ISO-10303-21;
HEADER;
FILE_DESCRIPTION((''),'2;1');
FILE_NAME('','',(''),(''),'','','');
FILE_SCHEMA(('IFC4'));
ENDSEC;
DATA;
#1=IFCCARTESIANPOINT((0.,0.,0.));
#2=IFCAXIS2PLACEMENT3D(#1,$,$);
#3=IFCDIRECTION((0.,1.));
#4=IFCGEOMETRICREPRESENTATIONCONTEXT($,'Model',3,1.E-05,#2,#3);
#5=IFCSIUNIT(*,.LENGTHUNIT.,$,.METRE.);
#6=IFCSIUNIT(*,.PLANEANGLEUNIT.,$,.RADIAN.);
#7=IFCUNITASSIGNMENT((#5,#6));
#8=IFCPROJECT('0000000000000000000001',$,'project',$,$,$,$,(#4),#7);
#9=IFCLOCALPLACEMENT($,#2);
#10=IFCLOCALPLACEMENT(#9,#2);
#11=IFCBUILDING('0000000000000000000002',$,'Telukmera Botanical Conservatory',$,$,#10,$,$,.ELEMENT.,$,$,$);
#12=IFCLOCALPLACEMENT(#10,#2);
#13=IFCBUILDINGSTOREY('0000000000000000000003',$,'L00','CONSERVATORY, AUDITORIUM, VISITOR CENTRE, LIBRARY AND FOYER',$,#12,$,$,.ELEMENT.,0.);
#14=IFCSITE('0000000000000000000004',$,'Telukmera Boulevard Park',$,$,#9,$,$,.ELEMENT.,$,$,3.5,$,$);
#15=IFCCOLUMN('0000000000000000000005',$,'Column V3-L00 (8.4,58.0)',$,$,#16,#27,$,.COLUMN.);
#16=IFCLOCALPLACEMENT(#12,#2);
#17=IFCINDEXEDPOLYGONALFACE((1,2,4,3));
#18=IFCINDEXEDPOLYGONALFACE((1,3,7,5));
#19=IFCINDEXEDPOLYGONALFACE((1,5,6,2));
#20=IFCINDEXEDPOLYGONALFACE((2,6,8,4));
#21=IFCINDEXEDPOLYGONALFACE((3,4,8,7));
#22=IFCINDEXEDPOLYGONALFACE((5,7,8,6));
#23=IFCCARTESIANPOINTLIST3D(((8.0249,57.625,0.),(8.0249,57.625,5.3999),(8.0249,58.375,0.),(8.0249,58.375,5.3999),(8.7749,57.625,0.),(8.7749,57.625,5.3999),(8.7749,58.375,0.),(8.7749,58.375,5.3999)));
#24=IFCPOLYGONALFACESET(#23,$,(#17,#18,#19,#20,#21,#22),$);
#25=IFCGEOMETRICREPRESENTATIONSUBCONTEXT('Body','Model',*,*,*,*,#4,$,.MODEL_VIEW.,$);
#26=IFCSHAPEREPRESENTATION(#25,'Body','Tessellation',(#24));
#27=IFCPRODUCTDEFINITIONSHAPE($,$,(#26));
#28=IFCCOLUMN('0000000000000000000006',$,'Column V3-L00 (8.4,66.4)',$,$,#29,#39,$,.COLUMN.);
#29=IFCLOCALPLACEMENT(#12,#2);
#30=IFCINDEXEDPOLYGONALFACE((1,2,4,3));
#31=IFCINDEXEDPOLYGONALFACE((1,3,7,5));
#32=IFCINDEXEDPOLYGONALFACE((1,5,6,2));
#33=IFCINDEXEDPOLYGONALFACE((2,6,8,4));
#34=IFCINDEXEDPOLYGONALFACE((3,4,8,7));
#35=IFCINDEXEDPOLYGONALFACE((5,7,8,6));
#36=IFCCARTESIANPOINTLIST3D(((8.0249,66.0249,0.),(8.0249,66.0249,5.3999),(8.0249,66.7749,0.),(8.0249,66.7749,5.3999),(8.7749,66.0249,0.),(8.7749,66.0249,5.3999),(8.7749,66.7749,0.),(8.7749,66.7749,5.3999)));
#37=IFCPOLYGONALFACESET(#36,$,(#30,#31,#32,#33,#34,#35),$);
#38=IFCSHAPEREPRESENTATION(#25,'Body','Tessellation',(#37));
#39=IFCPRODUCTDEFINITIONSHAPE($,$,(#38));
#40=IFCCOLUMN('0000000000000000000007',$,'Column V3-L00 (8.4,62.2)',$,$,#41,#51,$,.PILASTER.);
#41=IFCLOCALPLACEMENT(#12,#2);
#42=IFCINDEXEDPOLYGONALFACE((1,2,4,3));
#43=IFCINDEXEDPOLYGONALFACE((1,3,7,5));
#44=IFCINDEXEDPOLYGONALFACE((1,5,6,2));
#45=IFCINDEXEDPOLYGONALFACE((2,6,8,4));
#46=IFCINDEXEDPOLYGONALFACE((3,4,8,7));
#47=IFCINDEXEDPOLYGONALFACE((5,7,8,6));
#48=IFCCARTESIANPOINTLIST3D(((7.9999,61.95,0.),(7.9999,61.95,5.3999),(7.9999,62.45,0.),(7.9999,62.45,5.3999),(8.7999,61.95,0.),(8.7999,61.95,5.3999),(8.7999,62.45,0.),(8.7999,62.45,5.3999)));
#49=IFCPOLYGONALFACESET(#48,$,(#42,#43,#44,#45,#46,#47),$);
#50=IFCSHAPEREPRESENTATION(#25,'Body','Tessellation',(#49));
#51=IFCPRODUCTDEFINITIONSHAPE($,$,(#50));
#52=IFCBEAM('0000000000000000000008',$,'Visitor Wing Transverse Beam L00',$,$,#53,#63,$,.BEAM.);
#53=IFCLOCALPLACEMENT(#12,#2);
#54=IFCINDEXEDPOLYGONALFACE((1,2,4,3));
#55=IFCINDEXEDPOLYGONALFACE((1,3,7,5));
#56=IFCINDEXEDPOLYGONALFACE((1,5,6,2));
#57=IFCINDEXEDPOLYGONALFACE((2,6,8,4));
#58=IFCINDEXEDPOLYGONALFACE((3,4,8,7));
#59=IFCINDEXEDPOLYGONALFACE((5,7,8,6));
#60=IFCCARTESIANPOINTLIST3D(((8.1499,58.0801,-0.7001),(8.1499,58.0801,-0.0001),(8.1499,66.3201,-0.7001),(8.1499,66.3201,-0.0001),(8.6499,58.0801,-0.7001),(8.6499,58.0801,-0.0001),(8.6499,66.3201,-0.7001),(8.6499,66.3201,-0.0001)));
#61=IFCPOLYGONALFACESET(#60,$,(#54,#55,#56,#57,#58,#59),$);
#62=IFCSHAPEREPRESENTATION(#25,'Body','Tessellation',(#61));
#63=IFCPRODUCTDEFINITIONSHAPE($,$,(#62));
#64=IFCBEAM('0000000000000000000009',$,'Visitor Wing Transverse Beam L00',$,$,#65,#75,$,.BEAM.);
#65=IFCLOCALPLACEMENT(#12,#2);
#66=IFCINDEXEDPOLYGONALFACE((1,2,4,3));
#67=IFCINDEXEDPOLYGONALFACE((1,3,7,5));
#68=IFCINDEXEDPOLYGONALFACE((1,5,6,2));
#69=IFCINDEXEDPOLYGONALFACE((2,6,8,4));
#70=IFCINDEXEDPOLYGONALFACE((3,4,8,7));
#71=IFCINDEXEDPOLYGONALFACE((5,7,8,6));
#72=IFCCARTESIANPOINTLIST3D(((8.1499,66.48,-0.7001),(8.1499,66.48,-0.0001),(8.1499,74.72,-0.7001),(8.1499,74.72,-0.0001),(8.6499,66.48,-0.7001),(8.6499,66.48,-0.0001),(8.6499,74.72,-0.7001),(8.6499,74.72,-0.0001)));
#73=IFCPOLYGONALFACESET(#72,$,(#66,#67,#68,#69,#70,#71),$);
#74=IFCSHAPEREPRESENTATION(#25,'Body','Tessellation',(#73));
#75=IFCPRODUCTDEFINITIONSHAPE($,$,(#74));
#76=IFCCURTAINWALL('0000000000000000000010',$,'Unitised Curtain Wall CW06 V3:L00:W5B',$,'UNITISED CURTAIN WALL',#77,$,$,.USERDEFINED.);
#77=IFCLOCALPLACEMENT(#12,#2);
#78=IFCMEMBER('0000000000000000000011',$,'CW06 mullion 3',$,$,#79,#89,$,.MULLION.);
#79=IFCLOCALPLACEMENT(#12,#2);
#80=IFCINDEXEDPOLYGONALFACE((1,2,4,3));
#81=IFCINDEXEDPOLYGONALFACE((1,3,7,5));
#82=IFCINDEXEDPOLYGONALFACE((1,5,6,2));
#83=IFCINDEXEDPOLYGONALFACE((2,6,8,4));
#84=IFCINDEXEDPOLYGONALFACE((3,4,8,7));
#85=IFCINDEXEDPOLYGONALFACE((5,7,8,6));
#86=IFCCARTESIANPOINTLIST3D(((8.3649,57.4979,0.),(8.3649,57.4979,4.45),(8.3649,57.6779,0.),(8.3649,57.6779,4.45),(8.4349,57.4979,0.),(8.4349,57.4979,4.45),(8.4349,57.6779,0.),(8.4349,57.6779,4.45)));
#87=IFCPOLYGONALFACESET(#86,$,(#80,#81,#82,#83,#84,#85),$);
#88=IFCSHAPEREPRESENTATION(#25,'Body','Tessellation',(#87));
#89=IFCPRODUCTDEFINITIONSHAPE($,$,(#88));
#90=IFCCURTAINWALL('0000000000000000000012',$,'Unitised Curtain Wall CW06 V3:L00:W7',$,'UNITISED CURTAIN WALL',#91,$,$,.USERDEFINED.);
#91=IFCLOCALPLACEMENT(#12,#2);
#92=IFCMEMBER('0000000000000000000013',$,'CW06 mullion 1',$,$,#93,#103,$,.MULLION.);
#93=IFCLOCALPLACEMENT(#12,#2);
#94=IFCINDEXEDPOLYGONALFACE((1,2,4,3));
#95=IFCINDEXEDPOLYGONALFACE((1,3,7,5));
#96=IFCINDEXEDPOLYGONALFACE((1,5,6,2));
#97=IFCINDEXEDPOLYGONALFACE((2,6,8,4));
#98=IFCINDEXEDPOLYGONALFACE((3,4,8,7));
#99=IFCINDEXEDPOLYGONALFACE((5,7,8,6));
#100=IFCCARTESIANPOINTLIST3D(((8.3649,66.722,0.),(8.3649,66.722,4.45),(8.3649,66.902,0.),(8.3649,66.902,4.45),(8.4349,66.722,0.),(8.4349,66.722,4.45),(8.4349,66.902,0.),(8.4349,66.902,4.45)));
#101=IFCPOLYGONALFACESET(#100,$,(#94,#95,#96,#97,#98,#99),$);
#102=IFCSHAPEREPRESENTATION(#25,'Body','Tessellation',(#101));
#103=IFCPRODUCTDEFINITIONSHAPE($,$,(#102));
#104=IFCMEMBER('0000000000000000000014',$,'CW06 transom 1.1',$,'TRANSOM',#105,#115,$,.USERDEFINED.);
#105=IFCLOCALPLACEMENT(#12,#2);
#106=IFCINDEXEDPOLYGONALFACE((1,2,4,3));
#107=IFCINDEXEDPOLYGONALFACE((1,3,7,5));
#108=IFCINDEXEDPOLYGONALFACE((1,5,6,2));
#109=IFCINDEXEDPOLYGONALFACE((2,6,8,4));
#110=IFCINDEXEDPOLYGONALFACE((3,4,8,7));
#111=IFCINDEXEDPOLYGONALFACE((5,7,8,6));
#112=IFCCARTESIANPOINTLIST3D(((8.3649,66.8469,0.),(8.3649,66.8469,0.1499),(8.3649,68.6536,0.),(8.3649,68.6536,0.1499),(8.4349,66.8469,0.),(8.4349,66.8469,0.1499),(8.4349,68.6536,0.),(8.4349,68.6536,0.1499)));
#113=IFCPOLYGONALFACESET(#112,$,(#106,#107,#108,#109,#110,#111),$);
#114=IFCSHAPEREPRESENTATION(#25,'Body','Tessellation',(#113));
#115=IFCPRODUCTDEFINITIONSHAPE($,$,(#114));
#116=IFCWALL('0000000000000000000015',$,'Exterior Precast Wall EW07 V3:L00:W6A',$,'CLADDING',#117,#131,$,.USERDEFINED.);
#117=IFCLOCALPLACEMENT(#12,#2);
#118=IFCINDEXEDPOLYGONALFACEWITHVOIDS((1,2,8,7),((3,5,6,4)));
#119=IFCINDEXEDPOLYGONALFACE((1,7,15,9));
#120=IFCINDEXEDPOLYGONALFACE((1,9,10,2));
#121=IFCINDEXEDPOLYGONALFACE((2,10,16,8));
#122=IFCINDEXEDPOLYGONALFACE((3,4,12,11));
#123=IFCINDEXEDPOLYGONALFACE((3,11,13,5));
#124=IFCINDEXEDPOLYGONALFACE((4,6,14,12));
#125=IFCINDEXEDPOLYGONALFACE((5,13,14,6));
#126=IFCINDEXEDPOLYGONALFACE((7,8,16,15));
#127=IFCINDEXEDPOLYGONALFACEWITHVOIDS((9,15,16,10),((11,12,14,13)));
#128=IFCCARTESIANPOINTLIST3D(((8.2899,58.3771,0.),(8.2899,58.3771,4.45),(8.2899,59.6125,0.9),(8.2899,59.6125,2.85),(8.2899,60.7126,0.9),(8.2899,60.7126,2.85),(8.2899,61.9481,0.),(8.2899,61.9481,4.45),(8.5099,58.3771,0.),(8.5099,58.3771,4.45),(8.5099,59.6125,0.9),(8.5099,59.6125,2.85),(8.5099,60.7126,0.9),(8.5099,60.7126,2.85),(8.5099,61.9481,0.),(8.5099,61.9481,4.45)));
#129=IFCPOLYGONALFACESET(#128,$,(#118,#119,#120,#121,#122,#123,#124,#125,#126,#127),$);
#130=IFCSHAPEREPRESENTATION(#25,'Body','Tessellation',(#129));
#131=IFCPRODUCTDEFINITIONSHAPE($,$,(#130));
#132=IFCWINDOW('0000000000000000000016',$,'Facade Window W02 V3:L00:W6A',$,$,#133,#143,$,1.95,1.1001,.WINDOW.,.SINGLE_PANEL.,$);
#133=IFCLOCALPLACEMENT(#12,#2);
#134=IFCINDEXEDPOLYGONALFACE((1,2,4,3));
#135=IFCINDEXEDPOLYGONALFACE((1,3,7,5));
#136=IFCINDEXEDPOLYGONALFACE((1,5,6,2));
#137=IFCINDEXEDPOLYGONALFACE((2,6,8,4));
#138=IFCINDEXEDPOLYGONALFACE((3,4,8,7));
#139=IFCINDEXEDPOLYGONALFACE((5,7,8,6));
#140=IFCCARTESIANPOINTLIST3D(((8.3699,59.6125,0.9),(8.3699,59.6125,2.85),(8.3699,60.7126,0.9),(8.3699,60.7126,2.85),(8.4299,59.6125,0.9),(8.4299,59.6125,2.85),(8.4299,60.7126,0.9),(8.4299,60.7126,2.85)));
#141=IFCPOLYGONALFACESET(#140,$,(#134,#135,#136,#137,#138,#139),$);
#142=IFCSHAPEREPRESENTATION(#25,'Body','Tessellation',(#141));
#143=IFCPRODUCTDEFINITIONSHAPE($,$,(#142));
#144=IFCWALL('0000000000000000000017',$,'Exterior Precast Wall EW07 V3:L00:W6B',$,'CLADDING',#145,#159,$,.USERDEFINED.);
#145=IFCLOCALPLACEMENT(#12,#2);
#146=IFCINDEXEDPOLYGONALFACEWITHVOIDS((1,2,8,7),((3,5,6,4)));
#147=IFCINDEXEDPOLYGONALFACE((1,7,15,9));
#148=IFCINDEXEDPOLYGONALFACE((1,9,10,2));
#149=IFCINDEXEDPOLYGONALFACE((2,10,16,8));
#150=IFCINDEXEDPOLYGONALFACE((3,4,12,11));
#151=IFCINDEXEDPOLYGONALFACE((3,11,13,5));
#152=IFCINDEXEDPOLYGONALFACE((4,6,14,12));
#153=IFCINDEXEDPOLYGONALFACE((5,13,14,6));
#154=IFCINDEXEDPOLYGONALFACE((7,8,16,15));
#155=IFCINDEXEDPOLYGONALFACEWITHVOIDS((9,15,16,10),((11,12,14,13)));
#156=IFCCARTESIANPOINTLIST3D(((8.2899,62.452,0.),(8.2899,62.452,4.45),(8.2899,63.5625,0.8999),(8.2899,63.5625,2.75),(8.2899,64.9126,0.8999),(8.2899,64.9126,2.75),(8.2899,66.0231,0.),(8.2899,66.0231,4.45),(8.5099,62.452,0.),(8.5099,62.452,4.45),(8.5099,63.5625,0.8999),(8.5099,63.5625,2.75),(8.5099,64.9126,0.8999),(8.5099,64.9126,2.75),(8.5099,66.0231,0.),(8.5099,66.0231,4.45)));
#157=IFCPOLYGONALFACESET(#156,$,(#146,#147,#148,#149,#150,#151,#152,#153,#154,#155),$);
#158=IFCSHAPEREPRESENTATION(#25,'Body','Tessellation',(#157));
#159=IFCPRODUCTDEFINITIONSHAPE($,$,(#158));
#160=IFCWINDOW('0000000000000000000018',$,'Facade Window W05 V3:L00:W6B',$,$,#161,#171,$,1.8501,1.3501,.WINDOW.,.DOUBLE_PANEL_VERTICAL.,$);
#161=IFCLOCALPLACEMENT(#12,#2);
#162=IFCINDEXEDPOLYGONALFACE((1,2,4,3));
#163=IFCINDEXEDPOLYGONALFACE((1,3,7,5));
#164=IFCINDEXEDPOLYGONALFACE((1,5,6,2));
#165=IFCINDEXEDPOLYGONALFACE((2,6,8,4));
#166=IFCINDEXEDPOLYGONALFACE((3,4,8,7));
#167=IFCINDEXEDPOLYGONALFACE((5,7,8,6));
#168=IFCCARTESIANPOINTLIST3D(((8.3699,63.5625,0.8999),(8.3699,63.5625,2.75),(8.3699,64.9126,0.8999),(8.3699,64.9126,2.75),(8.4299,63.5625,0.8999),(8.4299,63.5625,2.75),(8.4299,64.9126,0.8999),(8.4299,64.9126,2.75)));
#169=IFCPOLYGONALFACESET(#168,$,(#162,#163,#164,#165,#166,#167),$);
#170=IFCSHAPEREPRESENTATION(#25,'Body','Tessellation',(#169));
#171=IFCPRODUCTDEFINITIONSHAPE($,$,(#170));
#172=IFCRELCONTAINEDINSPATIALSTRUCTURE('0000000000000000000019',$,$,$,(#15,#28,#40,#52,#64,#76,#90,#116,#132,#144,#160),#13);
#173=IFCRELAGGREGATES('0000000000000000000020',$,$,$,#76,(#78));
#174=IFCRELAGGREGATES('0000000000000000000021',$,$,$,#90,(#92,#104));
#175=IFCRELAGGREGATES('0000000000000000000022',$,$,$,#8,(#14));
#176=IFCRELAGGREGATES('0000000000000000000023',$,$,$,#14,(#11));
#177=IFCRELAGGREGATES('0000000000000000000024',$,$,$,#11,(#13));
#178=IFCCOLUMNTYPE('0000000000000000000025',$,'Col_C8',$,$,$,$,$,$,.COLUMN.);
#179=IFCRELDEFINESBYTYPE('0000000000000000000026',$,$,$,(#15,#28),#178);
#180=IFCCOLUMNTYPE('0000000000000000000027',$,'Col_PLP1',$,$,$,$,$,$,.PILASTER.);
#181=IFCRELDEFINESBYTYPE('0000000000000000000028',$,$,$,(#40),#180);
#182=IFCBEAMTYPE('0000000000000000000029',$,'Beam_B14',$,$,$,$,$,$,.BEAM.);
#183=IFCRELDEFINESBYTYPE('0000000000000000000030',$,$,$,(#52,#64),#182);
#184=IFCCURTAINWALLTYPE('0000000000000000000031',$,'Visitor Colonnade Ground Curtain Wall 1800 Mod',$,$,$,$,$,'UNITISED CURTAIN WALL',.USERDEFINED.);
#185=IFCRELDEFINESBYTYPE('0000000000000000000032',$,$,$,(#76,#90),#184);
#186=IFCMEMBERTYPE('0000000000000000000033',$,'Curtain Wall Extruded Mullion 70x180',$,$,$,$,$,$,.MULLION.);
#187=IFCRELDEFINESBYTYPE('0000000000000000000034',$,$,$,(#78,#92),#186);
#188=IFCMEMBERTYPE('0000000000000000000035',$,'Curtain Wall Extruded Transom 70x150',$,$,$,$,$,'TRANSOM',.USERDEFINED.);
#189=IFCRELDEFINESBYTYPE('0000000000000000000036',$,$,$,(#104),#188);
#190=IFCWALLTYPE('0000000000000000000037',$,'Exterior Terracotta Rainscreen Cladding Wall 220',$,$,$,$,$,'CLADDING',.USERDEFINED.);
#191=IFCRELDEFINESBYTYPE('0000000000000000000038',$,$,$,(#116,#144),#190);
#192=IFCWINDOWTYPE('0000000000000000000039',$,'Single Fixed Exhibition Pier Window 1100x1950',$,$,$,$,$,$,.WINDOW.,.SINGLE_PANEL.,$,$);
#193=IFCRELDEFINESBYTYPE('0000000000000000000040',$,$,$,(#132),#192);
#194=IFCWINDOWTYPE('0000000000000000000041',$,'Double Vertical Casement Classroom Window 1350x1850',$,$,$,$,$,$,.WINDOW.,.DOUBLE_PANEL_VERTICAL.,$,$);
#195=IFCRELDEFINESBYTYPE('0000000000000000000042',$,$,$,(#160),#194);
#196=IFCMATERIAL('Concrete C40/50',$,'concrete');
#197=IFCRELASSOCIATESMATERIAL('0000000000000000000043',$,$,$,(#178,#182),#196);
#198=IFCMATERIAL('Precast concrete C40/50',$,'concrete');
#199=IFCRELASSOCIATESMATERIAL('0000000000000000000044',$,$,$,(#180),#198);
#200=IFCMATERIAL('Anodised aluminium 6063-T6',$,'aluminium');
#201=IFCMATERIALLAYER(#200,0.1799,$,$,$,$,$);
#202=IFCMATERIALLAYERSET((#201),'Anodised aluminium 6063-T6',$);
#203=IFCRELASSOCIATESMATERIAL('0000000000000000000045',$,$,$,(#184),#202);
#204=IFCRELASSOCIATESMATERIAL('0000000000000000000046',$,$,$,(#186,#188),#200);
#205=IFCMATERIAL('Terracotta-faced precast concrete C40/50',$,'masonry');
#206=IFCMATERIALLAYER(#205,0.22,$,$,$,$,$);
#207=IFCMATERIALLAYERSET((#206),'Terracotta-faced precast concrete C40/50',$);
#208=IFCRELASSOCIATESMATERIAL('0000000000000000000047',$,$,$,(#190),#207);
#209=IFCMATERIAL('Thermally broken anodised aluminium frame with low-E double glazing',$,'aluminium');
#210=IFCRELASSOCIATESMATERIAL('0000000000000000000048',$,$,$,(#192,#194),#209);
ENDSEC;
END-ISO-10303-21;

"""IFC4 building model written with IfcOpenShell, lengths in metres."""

from ifc_helpers import new_model, si_unit, direction, frame, frame_2d, origin, origin_2d, place, context, subcontext, project, spatial, rectangle, extrude, material, layer, layer_set, material_profile, profile_set, type_object, element, fill, aggregate, save


model = new_model("IFC4")

# Units and contexts
model_context = context("Model", 3, precision=1e-05, world=origin(), true_north=direction((0.0, 1.0)))
body_context = subcontext(model_context, "Body", "Model", "MODEL_VIEW")
ifc_project = project(units=[si_unit("LENGTHUNIT", "METRE"), si_unit("PLANEANGLEUNIT", "RADIAN")], contexts=[model_context])

# Site, building, storey
site_placement = place(None, origin())
site = spatial("IfcSite", under=ifc_project, at=site_placement, Name="Telukmera Boulevard Park", CompositionType="ELEMENT", RefElevation=3.5)
building_placement = place(site_placement, origin())
building = spatial("IfcBuilding", under=site, at=building_placement, Name="Telukmera Botanical Conservatory", CompositionType="ELEMENT")
storey_placement = place(building_placement, origin())
storey = spatial("IfcBuildingStorey", under=building, at=storey_placement, Name="L00", Description="CONSERVATORY, AUDITORIUM, VISITOR CENTRE, LIBRARY AND FOYER", CompositionType="ELEMENT", Elevation=0.0)

# Columns
ifc_material_1 = material(Name="Concrete C40/50", Category="concrete")
ifc_material_profile_1 = material_profile(ifc_material_1, rectangle(XDim=0.75, YDim=0.75, at=origin_2d()), Name="RC 750x750")
ifc_profile_set_1 = profile_set([ifc_material_profile_1], Name="Concrete C40/50")
column_type_1 = type_object("IfcColumnType", Name="Col_C8", PredefinedType="COLUMN", material=ifc_profile_set_1)
for number, where, z_axis, x_axis, name in (
    (1, (8.3999, 58.0, 0.0), (0.0, 0.0, 1.0), (1.0, 0.0, 0.0), "Column V3-L00 (8.4,58.0)"),
    (2, (8.3999, 66.3999, 0.0), (0.0, 0.0, 1.0), (1.0, 0.0, 0.0), "Column V3-L00 (8.4,66.4)"),
):
    element("IfcColumn", number, at=place(storey_placement, frame(where, z_axis=z_axis, x_axis=x_axis)), inside=storey, type_object=column_type_1, Name=name, PredefinedType="COLUMN", context=body_context, shape_type="SweptSolid", body=[
        extrude(rectangle(XDim=0.75, YDim=0.75, at=origin_2d()), origin(), (0.0, 0.0, 1.0), 5.3999),
    ])
ifc_material_2 = material(Name="Precast concrete C40/50", Category="concrete")
ifc_material_profile_2 = material_profile(ifc_material_2, rectangle(XDim=0.8, YDim=0.5, at=origin_2d()), Name="PC 800x500")
ifc_profile_set_2 = profile_set([ifc_material_profile_2], Name="Precast concrete C40/50")
column_type_2 = type_object("IfcColumnType", Name="Col_PLP1", PredefinedType="PILASTER", material=ifc_profile_set_2)
column_placement = place(storey_placement, frame((8.3999, 62.2, 0.0), z_axis=(0.0, 0.0, 1.0), x_axis=(1.0, 0.0, 0.0)))
element("IfcColumn", 3, at=column_placement, inside=storey, type_object=column_type_2, Name="Column V3-L00 (8.4,62.2)", PredefinedType="PILASTER", context=body_context, shape_type="SweptSolid", body=[
    extrude(rectangle(XDim=0.8, YDim=0.5, at=origin_2d()), origin(), (0.0, 0.0, 1.0), 5.3999),
])

# Beams
ifc_material_profile_3 = material_profile(ifc_material_1, rectangle(XDim=0.5, YDim=0.7, at=origin_2d()), Name="RC 500x700")
ifc_profile_set_3 = profile_set([ifc_material_profile_3], Name="Concrete C40/50")
beam_type = type_object("IfcBeamType", Name="Beam_B14", PredefinedType="BEAM", material=ifc_profile_set_3)
for number, where, z_axis, x_axis, name in (
    (4, (8.3999, 58.0801, -0.3501), (0.0, 1.0, 0.0), (-1.0, 0.0, 0.0), "Visitor Wing Transverse Beam L00"),
    (5, (8.3999, 66.48, -0.3501), (0.0, 1.0, 0.0), (-1.0, 0.0, 0.0), "Visitor Wing Transverse Beam L00"),
):
    element("IfcBeam", number, at=place(storey_placement, frame(where, z_axis=z_axis, x_axis=x_axis)), inside=storey, type_object=beam_type, Name=name, PredefinedType="BEAM", context=body_context, shape_type="SweptSolid", body=[
        extrude(rectangle(XDim=0.5, YDim=0.7, at=origin_2d()), origin(), (0.0, 0.0, 1.0), 8.24),
    ])

# Curtain wall, member
ifc_material_3 = material(Name="Anodised aluminium 6063-T6", Category="aluminium")
ifc_layer_1 = layer(ifc_material_3, 0.1799)
ifc_layer_set_1 = layer_set([ifc_layer_1], Name="Anodised aluminium 6063-T6")
curtain_wall_type = type_object("IfcCurtainWallType", Name="Visitor Colonnade Ground Curtain Wall 1800 Mod", ElementType="UNITISED CURTAIN WALL", PredefinedType="USERDEFINED", material=ifc_layer_set_1)
curtain_wall_1_placement = place(storey_placement, origin())
curtain_wall_1 = element("IfcCurtainWall", 6, at=curtain_wall_1_placement, inside=storey, type_object=curtain_wall_type, Name="Unitised Curtain Wall CW06 V3:L00:W5B", ObjectType="UNITISED CURTAIN WALL", PredefinedType="USERDEFINED")
ifc_material_profile_4 = material_profile(ifc_material_3, rectangle(XDim=0.0701, YDim=0.1799, at=origin_2d()), Name="ALU MULL 70x180")
ifc_profile_set_4 = profile_set([ifc_material_profile_4], Name="Anodised aluminium 6063-T6")
member_type_1 = type_object("IfcMemberType", Name="Curtain Wall Extruded Mullion 70x180", PredefinedType="MULLION", material=ifc_profile_set_4)
member_1_placement = place(storey_placement, frame((8.3999, 57.5879, 0.0), z_axis=(0.0, 0.0, 1.0), x_axis=(-1.0, 0.0, 0.0)))
member_1 = element("IfcMember", 7, at=member_1_placement, type_object=member_type_1, Name="CW06 mullion 3", PredefinedType="MULLION", context=body_context, shape_type="SweptSolid", body=[
    extrude(rectangle(XDim=0.0701, YDim=0.1799, at=origin_2d()), origin(), (0.0, 0.0, 1.0), 4.45),
])
aggregate(curtain_wall_1, [member_1])

# Curtain wall, members
curtain_wall_2_placement = place(storey_placement, origin())
curtain_wall_2 = element("IfcCurtainWall", 8, at=curtain_wall_2_placement, inside=storey, type_object=curtain_wall_type, Name="Unitised Curtain Wall CW06 V3:L00:W7", ObjectType="UNITISED CURTAIN WALL", PredefinedType="USERDEFINED")
member_2_placement = place(storey_placement, frame((8.3999, 66.812, 0.0), z_axis=(0.0, 0.0, 1.0), x_axis=(-1.0, 0.0, 0.0)))
member_2 = element("IfcMember", 9, at=member_2_placement, type_object=member_type_1, Name="CW06 mullion 1", PredefinedType="MULLION", context=body_context, shape_type="SweptSolid", body=[
    extrude(rectangle(XDim=0.0701, YDim=0.1799, at=origin_2d()), origin(), (0.0, 0.0, 1.0), 4.45),
])
ifc_material_profile_5 = material_profile(ifc_material_3, rectangle(XDim=0.0701, YDim=0.1499, at=origin_2d()), Name="ALU TRAN 70x150")
ifc_profile_set_5 = profile_set([ifc_material_profile_5], Name="Anodised aluminium 6063-T6")
member_type_2 = type_object("IfcMemberType", Name="Curtain Wall Extruded Transom 70x150", ElementType="TRANSOM", PredefinedType="USERDEFINED", material=ifc_profile_set_5)
member_3_placement = place(storey_placement, frame((8.3999, 66.8469, 0.075), z_axis=(0.0, 1.0, 0.0), x_axis=(-1.0, 0.0, 0.0)))
member_3 = element("IfcMember", 10, at=member_3_placement, type_object=member_type_2, Name="CW06 transom 1.1", ObjectType="TRANSOM", PredefinedType="USERDEFINED", context=body_context, shape_type="SweptSolid", body=[
    extrude(rectangle(XDim=0.0701, YDim=0.1499, at=origin_2d()), origin(), (0.0, 0.0, 1.0), 1.8066),
])
aggregate(curtain_wall_2, [member_2, member_3])

# Walls, openings, windows
ifc_material_4 = material(Name="Terracotta-faced precast concrete C40/50", Category="masonry")
ifc_layer_2 = layer(ifc_material_4, 0.22)
ifc_layer_set_2 = layer_set([ifc_layer_2], Name="Terracotta-faced precast concrete C40/50")
wall_type = type_object("IfcWallType", Name="Exterior Terracotta Rainscreen Cladding Wall 220", ElementType="CLADDING", PredefinedType="USERDEFINED", material=ifc_layer_set_2)
wall_1_placement = place(storey_placement, frame((8.3999, 58.377, 0.0), z_axis=(0.0, 0.0, 1.0), x_axis=(0.0, 1.0, 0.0)))
wall_1 = element("IfcWall", 11, at=wall_1_placement, inside=storey, type_object=wall_type, Name="Exterior Precast Wall EW07 V3:L00:W6A", ObjectType="CLADDING", PredefinedType="USERDEFINED", context=body_context, shape_type="SweptSolid", body=[
    extrude(rectangle(XDim=3.571, YDim=0.22, at=frame_2d((1.7856, 0.0))), origin(), (0.0, 0.0, 1.0), 4.45),
])
opening_1_placement = place(wall_1_placement, frame((1.2356, 0.0, 0.8999)))
opening_1 = element("IfcOpeningElement", 12, at=opening_1_placement, cuts=wall_1, PredefinedType="OPENING", context=body_context, shape_type="SweptSolid", body=[
    extrude(rectangle(XDim=1.1001, YDim=1.95, at=frame_2d((0.55, 0.9751))), frame((0.0, 0.1199, 0.0), z_axis=(0.0, -1.0, 0.0), x_axis=(1.0, 0.0, 0.0)), (0.0, 0.0, 1.0), 0.24),
])
ifc_material_5 = material(Name="Thermally broken anodised aluminium frame with low-E double glazing", Category="aluminium")
window_type_1 = type_object("IfcWindowType", Name="Single Fixed Exhibition Pier Window 1100x1950", PartitioningType="SINGLE_PANEL", PredefinedType="WINDOW", material=ifc_material_5)
window_1_placement = place(opening_1_placement, origin())
window_1 = element("IfcWindow", 13, at=window_1_placement, inside=storey, type_object=window_type_1, Name="Facade Window W02 V3:L00:W6A", OverallHeight=1.95, OverallWidth=1.1001, PartitioningType="SINGLE_PANEL", PredefinedType="WINDOW", context=body_context, shape_type="SweptSolid", body=[
    extrude(rectangle(XDim=1.1001, YDim=1.95, at=frame_2d((0.55, 0.9751))), frame((0.0, 0.03, 0.0), z_axis=(0.0, -1.0, 0.0), x_axis=(1.0, 0.0, 0.0)), (0.0, 0.0, 1.0), 0.0601),
])
fill(opening_1, window_1)
wall_2_placement = place(storey_placement, frame((8.3999, 62.4519, 0.0), z_axis=(0.0, 0.0, 1.0), x_axis=(0.0, 1.0, 0.0)))
wall_2 = element("IfcWall", 14, at=wall_2_placement, inside=storey, type_object=wall_type, Name="Exterior Precast Wall EW07 V3:L00:W6B", ObjectType="CLADDING", PredefinedType="USERDEFINED", context=body_context, shape_type="SweptSolid", body=[
    extrude(rectangle(XDim=3.571, YDim=0.22, at=frame_2d((1.7856, 0.0))), origin(), (0.0, 0.0, 1.0), 4.45),
])
opening_2_placement = place(wall_2_placement, frame((1.1106, 0.0, 0.8999)))
opening_2 = element("IfcOpeningElement", 15, at=opening_2_placement, cuts=wall_2, PredefinedType="OPENING", context=body_context, shape_type="SweptSolid", body=[
    extrude(rectangle(XDim=1.3501, YDim=1.8501, at=frame_2d((0.675, 0.925))), frame((0.0, 0.1199, 0.0), z_axis=(0.0, -1.0, 0.0), x_axis=(1.0, 0.0, 0.0)), (0.0, 0.0, 1.0), 0.24),
])
window_type_2 = type_object("IfcWindowType", Name="Double Vertical Casement Classroom Window 1350x1850", PartitioningType="DOUBLE_PANEL_VERTICAL", PredefinedType="WINDOW", material=ifc_material_5)
window_2_placement = place(opening_2_placement, origin())
window_2 = element("IfcWindow", 16, at=window_2_placement, inside=storey, type_object=window_type_2, Name="Facade Window W05 V3:L00:W6B", OverallHeight=1.8501, OverallWidth=1.3501, PartitioningType="DOUBLE_PANEL_VERTICAL", PredefinedType="WINDOW", context=body_context, shape_type="SweptSolid", body=[
    extrude(rectangle(XDim=1.3501, YDim=1.8501, at=frame_2d((0.675, 0.925))), frame((0.0, 0.03, 0.0), z_axis=(0.0, -1.0, 0.0), x_axis=(1.0, 0.0, 0.0)), (0.0, 0.0, 1.0), 0.0601),
])
fill(opening_2, window_2)

save(model, "model.ifc")
